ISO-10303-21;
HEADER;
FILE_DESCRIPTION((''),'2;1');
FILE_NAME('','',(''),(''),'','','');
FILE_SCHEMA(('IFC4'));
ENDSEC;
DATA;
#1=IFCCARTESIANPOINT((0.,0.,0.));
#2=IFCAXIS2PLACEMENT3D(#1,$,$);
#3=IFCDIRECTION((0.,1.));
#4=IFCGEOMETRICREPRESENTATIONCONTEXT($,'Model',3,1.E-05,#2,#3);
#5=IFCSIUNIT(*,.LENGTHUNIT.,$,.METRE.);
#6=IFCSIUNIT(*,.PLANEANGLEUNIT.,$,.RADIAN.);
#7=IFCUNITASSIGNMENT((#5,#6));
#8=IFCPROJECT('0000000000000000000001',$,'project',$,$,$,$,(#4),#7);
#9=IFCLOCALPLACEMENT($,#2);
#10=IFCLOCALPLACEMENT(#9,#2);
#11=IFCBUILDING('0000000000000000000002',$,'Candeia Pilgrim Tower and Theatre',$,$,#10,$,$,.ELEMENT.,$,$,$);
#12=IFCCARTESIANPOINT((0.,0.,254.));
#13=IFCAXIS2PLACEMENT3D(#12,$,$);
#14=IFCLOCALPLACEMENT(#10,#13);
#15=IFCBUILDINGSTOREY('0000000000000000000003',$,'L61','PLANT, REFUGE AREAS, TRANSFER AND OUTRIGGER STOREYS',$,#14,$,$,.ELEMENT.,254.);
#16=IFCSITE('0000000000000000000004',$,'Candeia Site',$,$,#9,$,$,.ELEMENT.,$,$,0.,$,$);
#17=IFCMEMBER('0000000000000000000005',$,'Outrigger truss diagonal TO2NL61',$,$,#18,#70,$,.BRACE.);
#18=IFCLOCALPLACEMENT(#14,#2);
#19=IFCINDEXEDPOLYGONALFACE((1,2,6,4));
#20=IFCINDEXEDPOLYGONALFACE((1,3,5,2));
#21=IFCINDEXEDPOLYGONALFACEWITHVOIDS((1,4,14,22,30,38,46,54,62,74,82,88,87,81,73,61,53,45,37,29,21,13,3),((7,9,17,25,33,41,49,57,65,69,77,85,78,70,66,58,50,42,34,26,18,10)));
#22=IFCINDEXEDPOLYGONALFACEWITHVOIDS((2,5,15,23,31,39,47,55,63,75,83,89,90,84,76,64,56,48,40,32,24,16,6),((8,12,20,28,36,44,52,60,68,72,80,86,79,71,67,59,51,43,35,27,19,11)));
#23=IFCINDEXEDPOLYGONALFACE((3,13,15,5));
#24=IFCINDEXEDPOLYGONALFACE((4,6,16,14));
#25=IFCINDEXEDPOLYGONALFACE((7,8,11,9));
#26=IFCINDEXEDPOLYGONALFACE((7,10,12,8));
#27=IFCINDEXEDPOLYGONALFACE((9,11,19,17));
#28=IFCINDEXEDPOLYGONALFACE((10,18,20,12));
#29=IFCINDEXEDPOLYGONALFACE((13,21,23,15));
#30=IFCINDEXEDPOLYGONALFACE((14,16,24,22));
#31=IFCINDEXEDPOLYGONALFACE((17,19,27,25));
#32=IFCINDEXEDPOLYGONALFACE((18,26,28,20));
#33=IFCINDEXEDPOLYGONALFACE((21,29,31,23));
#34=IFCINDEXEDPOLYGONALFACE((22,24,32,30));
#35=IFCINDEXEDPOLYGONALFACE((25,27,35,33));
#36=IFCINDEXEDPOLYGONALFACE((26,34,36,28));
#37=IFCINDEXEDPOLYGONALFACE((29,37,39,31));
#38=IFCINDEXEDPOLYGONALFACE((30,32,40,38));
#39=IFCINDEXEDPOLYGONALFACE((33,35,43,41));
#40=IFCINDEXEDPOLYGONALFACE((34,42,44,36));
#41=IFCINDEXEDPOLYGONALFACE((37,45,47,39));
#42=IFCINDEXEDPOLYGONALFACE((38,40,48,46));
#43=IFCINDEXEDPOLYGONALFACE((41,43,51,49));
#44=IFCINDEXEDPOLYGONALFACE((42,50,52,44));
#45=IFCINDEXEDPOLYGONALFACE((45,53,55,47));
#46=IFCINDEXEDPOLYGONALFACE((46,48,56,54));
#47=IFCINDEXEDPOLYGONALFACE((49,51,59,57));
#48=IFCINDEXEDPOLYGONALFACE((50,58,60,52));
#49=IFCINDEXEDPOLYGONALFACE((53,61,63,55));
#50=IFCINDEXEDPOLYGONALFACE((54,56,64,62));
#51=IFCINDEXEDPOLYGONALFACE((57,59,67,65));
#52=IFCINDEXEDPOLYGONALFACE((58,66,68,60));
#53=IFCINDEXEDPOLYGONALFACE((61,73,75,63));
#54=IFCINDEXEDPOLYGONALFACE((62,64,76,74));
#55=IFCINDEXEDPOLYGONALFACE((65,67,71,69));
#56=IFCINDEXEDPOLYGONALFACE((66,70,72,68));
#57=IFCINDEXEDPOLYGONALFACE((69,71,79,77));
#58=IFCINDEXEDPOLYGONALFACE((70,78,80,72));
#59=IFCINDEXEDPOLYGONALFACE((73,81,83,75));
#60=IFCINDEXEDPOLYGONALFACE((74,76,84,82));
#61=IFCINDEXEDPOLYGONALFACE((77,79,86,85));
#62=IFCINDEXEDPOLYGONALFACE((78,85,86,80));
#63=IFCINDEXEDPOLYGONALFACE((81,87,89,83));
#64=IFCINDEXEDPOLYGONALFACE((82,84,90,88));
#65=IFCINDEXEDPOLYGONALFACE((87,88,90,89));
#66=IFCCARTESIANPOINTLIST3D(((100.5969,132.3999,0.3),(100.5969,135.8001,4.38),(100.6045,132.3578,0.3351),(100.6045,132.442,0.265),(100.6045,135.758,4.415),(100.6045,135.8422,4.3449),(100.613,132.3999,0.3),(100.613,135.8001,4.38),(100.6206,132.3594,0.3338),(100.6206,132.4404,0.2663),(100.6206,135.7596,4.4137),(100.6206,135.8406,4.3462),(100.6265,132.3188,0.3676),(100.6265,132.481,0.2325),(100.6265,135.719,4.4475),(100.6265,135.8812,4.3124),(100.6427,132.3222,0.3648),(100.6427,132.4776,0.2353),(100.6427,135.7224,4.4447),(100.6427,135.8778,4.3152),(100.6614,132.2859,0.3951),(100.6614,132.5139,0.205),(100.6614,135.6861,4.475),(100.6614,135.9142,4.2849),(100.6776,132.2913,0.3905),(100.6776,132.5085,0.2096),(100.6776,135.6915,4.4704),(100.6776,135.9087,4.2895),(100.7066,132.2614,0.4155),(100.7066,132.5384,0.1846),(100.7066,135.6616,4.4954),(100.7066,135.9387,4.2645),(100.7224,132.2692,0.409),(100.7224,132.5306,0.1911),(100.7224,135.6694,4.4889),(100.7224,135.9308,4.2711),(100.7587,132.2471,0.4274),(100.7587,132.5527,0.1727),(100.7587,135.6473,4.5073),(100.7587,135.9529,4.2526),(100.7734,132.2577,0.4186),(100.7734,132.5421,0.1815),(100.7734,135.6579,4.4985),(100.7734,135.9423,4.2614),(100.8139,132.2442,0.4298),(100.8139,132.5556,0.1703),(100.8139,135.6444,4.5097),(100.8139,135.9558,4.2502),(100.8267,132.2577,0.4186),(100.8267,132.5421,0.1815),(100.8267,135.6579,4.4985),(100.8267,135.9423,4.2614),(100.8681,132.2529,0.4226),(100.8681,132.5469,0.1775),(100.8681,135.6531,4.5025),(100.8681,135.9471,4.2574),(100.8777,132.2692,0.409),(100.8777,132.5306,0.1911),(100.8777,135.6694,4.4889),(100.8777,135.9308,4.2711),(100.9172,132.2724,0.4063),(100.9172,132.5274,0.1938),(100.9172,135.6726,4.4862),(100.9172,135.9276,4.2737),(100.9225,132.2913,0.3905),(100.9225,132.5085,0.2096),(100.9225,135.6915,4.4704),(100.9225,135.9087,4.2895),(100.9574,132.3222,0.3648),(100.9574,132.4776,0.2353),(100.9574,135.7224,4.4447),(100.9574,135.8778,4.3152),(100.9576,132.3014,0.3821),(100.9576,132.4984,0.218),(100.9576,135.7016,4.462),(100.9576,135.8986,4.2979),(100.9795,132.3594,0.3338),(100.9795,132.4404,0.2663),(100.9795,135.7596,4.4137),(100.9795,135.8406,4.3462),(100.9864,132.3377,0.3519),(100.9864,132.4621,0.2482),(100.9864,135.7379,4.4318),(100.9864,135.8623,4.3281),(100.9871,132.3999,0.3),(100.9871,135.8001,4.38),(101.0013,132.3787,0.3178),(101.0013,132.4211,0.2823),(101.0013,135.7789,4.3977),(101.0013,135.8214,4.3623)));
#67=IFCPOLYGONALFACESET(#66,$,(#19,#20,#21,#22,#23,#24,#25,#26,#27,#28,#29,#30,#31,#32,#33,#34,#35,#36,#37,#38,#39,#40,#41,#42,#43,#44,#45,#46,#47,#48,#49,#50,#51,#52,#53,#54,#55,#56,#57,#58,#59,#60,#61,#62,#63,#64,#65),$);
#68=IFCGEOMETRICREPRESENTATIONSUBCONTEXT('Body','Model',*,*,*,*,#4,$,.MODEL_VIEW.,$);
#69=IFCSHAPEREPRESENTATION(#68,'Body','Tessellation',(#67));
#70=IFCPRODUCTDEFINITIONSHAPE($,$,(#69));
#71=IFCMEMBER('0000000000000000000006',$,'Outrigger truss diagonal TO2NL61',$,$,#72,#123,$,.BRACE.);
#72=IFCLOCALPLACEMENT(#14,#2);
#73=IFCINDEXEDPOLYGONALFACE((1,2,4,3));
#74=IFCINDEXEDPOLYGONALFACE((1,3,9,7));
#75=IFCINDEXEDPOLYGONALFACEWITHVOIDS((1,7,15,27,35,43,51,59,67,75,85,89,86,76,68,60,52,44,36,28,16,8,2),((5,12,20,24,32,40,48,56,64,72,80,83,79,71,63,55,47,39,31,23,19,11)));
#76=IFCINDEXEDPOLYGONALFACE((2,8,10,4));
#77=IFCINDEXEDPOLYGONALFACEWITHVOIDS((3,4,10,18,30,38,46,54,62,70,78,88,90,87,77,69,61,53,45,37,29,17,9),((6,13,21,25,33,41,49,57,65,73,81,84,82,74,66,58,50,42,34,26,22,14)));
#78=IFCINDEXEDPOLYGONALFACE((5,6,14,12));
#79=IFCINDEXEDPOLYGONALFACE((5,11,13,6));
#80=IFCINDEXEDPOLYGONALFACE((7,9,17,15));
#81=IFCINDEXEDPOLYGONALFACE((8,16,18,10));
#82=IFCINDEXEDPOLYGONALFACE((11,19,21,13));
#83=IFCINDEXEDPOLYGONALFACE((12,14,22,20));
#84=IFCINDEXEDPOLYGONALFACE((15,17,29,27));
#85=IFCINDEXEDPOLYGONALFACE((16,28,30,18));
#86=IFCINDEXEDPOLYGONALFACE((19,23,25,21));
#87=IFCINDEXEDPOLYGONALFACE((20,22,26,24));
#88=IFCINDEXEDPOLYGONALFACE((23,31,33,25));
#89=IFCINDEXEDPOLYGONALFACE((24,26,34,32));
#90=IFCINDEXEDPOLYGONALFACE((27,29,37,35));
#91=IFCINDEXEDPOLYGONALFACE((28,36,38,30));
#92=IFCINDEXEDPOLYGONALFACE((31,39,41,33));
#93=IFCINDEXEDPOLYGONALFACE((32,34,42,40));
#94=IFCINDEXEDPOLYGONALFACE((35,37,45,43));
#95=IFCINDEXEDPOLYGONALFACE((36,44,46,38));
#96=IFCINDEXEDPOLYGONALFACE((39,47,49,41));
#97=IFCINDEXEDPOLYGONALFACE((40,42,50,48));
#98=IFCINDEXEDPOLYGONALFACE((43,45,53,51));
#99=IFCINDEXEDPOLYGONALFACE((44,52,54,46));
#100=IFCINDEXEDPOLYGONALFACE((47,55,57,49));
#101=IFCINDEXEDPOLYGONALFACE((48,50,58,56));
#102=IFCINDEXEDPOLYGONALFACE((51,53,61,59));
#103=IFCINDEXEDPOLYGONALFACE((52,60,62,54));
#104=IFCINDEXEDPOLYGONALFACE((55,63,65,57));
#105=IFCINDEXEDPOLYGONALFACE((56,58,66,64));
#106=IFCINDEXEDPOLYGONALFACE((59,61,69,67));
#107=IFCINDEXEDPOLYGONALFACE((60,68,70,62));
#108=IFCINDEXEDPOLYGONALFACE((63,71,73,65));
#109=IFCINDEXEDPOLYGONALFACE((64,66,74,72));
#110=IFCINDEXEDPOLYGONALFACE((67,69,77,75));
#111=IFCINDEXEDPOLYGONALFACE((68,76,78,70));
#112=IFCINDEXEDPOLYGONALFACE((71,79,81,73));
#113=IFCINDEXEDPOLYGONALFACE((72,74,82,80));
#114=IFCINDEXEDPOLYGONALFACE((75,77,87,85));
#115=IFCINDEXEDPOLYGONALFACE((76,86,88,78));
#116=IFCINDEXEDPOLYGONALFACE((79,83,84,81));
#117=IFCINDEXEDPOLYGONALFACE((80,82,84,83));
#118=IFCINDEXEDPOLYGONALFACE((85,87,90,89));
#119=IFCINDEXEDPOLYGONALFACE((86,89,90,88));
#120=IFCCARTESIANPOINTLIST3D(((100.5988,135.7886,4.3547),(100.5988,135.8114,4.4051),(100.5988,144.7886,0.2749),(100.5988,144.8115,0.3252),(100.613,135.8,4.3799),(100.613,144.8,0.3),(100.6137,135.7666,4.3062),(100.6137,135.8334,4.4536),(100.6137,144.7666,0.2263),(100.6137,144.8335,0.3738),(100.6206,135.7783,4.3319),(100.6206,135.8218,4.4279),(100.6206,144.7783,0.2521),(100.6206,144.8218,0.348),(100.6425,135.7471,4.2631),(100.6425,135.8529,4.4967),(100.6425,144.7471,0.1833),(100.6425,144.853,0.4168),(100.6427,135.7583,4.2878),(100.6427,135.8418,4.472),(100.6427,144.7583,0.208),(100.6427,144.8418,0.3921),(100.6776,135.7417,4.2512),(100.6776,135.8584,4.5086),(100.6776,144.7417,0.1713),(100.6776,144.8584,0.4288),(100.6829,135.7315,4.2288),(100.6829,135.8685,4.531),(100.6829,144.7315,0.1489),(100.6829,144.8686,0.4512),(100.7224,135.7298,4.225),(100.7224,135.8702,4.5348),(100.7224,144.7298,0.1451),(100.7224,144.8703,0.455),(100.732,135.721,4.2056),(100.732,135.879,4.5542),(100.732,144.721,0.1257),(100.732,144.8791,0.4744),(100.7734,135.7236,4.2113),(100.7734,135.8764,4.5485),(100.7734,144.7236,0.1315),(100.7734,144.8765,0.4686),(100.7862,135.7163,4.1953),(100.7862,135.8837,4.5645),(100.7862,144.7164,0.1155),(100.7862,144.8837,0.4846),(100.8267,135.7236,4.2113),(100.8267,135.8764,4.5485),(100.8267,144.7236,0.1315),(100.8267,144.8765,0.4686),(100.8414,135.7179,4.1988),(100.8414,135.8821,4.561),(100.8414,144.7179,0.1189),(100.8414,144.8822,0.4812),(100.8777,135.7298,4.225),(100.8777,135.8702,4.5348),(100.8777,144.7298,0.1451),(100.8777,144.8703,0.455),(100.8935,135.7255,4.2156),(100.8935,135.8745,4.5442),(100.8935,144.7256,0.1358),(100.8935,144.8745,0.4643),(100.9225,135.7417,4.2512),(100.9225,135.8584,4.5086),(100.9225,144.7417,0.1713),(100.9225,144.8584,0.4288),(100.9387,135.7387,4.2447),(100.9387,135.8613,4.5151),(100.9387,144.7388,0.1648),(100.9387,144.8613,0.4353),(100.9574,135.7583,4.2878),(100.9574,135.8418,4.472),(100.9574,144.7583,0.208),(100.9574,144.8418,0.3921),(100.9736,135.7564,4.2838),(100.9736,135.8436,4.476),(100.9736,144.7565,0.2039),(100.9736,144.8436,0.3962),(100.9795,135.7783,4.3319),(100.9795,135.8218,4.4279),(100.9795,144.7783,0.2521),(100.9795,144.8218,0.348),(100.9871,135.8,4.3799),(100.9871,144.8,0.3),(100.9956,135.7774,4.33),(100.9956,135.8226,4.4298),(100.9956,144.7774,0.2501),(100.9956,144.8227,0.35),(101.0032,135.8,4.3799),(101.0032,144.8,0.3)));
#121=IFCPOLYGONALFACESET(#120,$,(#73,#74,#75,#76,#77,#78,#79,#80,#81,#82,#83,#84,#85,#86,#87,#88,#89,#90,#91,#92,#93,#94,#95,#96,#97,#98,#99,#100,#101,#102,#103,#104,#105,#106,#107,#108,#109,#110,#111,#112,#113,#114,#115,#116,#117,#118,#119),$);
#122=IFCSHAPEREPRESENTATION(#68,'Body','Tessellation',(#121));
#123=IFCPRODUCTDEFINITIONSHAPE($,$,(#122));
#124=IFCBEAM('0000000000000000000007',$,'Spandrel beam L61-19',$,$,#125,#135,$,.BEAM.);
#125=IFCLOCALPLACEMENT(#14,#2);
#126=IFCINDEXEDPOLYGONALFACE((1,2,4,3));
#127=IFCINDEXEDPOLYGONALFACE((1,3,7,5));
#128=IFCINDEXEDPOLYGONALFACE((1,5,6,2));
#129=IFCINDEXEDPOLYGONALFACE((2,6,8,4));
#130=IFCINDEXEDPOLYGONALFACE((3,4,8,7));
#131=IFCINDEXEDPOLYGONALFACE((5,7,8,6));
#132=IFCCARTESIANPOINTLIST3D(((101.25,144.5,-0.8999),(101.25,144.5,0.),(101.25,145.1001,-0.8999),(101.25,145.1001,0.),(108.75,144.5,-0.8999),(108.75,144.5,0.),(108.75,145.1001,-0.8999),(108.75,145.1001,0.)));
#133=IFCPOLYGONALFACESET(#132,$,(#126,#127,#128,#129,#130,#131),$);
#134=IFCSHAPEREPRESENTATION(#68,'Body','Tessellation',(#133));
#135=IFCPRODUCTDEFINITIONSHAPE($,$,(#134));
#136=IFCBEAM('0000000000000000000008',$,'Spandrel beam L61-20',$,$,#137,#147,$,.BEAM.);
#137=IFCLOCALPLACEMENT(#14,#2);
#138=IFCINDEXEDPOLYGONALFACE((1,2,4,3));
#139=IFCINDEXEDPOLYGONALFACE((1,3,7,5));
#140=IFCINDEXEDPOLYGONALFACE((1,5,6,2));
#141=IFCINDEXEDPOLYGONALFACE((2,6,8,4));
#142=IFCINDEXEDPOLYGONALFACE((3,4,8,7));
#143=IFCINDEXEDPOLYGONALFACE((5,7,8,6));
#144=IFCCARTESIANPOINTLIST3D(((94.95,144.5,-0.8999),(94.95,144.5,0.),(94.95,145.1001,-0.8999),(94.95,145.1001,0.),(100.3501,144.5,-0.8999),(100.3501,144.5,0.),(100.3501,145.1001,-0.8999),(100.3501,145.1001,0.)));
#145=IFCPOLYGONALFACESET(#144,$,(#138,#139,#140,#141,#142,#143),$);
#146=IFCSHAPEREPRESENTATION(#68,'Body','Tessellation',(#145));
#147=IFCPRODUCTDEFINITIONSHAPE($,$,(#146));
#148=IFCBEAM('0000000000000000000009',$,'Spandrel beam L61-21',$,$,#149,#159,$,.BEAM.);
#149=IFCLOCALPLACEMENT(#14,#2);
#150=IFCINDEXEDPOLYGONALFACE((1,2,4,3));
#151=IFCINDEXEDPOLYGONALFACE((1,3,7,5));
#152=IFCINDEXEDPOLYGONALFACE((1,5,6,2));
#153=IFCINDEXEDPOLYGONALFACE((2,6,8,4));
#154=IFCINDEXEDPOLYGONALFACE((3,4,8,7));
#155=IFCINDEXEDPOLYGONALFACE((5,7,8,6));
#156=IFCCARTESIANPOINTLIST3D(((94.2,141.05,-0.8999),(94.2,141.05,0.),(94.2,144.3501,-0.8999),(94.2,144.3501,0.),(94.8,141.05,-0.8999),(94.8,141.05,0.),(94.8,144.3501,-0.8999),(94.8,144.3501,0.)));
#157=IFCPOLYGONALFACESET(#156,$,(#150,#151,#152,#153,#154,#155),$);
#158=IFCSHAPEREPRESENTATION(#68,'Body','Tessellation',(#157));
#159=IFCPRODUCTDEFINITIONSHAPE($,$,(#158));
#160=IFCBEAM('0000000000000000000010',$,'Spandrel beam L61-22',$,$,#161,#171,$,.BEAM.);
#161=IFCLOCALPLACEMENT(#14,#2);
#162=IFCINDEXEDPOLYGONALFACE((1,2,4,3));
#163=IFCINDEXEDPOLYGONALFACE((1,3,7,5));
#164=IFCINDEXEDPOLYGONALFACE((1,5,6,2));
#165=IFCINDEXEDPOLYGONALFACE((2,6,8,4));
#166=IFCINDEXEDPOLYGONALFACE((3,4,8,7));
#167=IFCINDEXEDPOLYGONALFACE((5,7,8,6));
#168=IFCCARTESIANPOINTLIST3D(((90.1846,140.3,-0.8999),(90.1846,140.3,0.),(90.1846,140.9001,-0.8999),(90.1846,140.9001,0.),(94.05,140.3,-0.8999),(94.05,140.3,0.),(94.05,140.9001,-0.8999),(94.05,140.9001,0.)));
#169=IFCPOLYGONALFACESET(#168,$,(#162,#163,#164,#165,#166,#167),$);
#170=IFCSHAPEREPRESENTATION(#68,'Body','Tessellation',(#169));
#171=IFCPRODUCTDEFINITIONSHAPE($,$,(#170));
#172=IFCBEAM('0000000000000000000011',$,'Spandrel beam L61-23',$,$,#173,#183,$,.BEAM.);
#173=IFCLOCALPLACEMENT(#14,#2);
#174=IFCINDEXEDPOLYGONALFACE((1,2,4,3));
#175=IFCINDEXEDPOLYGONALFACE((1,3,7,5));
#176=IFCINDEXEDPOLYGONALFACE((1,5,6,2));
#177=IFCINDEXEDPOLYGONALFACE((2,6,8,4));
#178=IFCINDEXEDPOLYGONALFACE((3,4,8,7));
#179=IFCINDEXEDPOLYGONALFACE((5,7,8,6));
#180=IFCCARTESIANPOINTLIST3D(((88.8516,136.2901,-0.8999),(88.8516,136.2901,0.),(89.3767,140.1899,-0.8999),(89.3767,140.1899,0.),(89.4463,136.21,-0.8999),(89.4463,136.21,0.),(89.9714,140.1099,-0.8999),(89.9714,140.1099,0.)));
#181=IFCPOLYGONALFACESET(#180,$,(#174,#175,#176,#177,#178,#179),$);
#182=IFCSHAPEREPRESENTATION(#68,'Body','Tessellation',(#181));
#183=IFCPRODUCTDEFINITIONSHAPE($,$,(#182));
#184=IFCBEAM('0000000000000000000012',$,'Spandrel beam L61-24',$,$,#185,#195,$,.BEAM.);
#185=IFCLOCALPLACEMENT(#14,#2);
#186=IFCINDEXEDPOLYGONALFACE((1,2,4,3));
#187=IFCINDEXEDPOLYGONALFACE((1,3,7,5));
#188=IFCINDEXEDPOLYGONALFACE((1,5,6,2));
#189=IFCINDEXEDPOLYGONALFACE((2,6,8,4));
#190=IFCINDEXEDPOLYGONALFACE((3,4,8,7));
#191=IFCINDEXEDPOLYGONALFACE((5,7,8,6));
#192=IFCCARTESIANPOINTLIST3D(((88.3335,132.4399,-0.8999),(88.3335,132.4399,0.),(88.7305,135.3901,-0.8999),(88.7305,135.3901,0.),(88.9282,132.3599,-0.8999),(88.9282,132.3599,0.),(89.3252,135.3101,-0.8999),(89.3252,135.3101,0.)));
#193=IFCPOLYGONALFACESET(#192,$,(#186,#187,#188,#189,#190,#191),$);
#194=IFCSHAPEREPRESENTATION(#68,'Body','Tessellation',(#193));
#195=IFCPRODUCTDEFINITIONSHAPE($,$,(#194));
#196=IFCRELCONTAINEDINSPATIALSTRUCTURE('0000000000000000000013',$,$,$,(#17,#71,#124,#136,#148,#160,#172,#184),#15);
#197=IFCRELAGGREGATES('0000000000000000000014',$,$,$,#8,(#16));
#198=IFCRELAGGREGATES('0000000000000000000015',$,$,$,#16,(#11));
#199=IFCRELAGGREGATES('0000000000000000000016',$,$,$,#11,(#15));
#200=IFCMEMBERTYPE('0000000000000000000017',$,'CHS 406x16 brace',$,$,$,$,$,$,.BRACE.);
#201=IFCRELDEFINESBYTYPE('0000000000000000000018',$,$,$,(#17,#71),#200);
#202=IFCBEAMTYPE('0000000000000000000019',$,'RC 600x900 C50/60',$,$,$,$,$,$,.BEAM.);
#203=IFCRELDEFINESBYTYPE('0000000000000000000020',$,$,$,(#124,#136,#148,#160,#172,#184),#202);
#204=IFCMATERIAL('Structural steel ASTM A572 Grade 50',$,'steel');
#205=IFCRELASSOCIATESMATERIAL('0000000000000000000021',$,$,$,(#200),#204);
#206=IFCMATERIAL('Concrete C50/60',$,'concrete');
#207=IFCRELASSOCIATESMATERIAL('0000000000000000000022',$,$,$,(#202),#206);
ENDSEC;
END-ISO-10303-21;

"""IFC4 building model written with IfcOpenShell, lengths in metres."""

from ifc_helpers import new_model, si_unit, direction, frame, origin, origin_2d, place, context, subcontext, project, spatial, rectangle, hollow_circle, extrude, material, material_profile, profile_set, type_object, element, save


model = new_model("IFC4")

# Units and contexts
model_context = context("Model", 3, precision=1e-05, world=origin(), true_north=direction((0.0, 1.0)))
body_context = subcontext(model_context, "Body", "Model", "MODEL_VIEW")
ifc_project = project(units=[si_unit("LENGTHUNIT", "METRE"), si_unit("PLANEANGLEUNIT", "RADIAN")], contexts=[model_context])

# Site, building, storey
site_placement = place(None, origin())
site = spatial("IfcSite", under=ifc_project, at=site_placement, Name="Candeia Site", CompositionType="ELEMENT", RefElevation=0.0)
building_placement = place(site_placement, origin())
building = spatial("IfcBuilding", under=site, at=building_placement, Name="Candeia Pilgrim Tower and Theatre", CompositionType="ELEMENT")
storey_placement = place(building_placement, frame((0.0, 0.0, 254.0)))
storey = spatial("IfcBuildingStorey", under=building, at=storey_placement, Name="L61", Description="PLANT, REFUGE AREAS, TRANSFER AND OUTRIGGER STOREYS", CompositionType="ELEMENT", Elevation=254.0)

# Shared definitions
ifc_material_1 = material(Name="Concrete C50/60", Category="concrete")

# Members
ifc_material_2 = material(Name="Structural steel ASTM A572 Grade 50", Category="steel")
ifc_material_profile_1 = material_profile(ifc_material_2, hollow_circle(Radius=0.2031, WallThickness=0.0161, at=origin_2d()))
ifc_profile_set_1 = profile_set([ifc_material_profile_1], Name="Structural steel ASTM A572 Grade 50")
member_type_1 = type_object("IfcMemberType", Name="CHS 406x16 brace", PredefinedType="BRACE", material=ifc_profile_set_1)
member_1_placement = place(storey_placement, frame((100.8, 132.3999, 0.3), z_axis=(0.0, 0.640216, 0.768195), x_axis=(-1.0, 0.0, 0.0)))
element("IfcMember", 1, at=member_1_placement, inside=storey, type_object=member_type_1, Name="Outrigger truss diagonal TO2NL61", PredefinedType="BRACE", context=body_context, shape_type="SweptSolid", body=[
    extrude(hollow_circle(Radius=0.2031, WallThickness=0.0161, at=origin_2d()), origin(), (0.0, 0.0, 1.0), 5.311),
])
member_2_placement = place(storey_placement, frame((100.8, 144.8, 0.3), z_axis=(0.0, -0.910788, 0.412874), x_axis=(1.0, 0.0, 0.0)))
element("IfcMember", 2, at=member_2_placement, inside=storey, type_object=member_type_1, Name="Outrigger truss diagonal TO2NL61", PredefinedType="BRACE", context=body_context, shape_type="SweptSolid", body=[
    extrude(hollow_circle(Radius=0.2031, WallThickness=0.0161, at=origin_2d()), origin(), (0.0, 0.0, 1.0), 9.8816),
])

# Beams
ifc_material_profile_2 = material_profile(ifc_material_1, rectangle(XDim=0.6001, YDim=0.8999, at=origin_2d()))
ifc_profile_set_2 = profile_set([ifc_material_profile_2], Name="Concrete C50/60")
beam_type = type_object("IfcBeamType", Name="RC 600x900 C50/60", PredefinedType="BEAM", material=ifc_profile_set_2)
beam_1_placement = place(storey_placement, frame((108.75, 144.8, -0.45), z_axis=(-1.0, 0.0, 0.0), x_axis=(0.0, -1.0, 0.0)))
element("IfcBeam", 3, at=beam_1_placement, inside=storey, type_object=beam_type, Name="Spandrel beam L61-19", PredefinedType="BEAM", context=body_context, shape_type="SweptSolid", body=[
    extrude(rectangle(XDim=0.6001, YDim=0.8999, at=origin_2d()), origin(), (0.0, 0.0, 1.0), 7.5),
])
beam_2_placement = place(storey_placement, frame((100.3501, 144.8, -0.45), z_axis=(-1.0, 0.0, 0.0), x_axis=(0.0, -1.0, 0.0)))
element("IfcBeam", 4, at=beam_2_placement, inside=storey, type_object=beam_type, Name="Spandrel beam L61-20", PredefinedType="BEAM", context=body_context, shape_type="SweptSolid", body=[
    extrude(rectangle(XDim=0.6001, YDim=0.8999, at=origin_2d()), origin(), (0.0, 0.0, 1.0), 5.4001),
])
beam_3_placement = place(storey_placement, frame((94.5, 144.3501, -0.45), z_axis=(0.0, -1.0, 0.0), x_axis=(1.0, 0.0, 0.0)))
element("IfcBeam", 5, at=beam_3_placement, inside=storey, type_object=beam_type, Name="Spandrel beam L61-21", PredefinedType="BEAM", context=body_context, shape_type="SweptSolid", body=[
    extrude(rectangle(XDim=0.6001, YDim=0.8999, at=origin_2d()), origin(), (0.0, 0.0, 1.0), 3.3),
])
beam_4_placement = place(storey_placement, frame((94.05, 140.6001, -0.45), z_axis=(-1.0, 0.0, 0.0), x_axis=(0.0, -1.0, 0.0)))
element("IfcBeam", 6, at=beam_4_placement, inside=storey, type_object=beam_type, Name="Spandrel beam L61-22", PredefinedType="BEAM", context=body_context, shape_type="SweptSolid", body=[
    extrude(rectangle(XDim=0.6001, YDim=0.8999, at=origin_2d()), origin(), (0.0, 0.0, 1.0), 3.8655),
])
beam_5_placement = place(storey_placement, frame((89.6741, 140.1499, -0.45), z_axis=(-0.133452, -0.991055, 0.0), x_axis=(0.991055, -0.133452, 0.0)))
element("IfcBeam", 7, at=beam_5_placement, inside=storey, type_object=beam_type, Name="Spandrel beam L61-23", PredefinedType="BEAM", context=body_context, shape_type="SweptSolid", body=[
    extrude(rectangle(XDim=0.6001, YDim=0.8999, at=origin_2d()), origin(), (0.0, 0.0, 1.0), 3.9351),
])
beam_6_placement = place(storey_placement, frame((89.0278, 135.3501, -0.45), z_axis=(-0.133356, -0.991068, 0.0), x_axis=(0.991068, -0.133356, 0.0)))
element("IfcBeam", 8, at=beam_6_placement, inside=storey, type_object=beam_type, Name="Spandrel beam L61-24", PredefinedType="BEAM", context=body_context, shape_type="SweptSolid", body=[
    extrude(rectangle(XDim=0.6001, YDim=0.8999, at=origin_2d()), origin(), (0.0, 0.0, 1.0), 2.9768),
])

save(model, "model.ifc")
